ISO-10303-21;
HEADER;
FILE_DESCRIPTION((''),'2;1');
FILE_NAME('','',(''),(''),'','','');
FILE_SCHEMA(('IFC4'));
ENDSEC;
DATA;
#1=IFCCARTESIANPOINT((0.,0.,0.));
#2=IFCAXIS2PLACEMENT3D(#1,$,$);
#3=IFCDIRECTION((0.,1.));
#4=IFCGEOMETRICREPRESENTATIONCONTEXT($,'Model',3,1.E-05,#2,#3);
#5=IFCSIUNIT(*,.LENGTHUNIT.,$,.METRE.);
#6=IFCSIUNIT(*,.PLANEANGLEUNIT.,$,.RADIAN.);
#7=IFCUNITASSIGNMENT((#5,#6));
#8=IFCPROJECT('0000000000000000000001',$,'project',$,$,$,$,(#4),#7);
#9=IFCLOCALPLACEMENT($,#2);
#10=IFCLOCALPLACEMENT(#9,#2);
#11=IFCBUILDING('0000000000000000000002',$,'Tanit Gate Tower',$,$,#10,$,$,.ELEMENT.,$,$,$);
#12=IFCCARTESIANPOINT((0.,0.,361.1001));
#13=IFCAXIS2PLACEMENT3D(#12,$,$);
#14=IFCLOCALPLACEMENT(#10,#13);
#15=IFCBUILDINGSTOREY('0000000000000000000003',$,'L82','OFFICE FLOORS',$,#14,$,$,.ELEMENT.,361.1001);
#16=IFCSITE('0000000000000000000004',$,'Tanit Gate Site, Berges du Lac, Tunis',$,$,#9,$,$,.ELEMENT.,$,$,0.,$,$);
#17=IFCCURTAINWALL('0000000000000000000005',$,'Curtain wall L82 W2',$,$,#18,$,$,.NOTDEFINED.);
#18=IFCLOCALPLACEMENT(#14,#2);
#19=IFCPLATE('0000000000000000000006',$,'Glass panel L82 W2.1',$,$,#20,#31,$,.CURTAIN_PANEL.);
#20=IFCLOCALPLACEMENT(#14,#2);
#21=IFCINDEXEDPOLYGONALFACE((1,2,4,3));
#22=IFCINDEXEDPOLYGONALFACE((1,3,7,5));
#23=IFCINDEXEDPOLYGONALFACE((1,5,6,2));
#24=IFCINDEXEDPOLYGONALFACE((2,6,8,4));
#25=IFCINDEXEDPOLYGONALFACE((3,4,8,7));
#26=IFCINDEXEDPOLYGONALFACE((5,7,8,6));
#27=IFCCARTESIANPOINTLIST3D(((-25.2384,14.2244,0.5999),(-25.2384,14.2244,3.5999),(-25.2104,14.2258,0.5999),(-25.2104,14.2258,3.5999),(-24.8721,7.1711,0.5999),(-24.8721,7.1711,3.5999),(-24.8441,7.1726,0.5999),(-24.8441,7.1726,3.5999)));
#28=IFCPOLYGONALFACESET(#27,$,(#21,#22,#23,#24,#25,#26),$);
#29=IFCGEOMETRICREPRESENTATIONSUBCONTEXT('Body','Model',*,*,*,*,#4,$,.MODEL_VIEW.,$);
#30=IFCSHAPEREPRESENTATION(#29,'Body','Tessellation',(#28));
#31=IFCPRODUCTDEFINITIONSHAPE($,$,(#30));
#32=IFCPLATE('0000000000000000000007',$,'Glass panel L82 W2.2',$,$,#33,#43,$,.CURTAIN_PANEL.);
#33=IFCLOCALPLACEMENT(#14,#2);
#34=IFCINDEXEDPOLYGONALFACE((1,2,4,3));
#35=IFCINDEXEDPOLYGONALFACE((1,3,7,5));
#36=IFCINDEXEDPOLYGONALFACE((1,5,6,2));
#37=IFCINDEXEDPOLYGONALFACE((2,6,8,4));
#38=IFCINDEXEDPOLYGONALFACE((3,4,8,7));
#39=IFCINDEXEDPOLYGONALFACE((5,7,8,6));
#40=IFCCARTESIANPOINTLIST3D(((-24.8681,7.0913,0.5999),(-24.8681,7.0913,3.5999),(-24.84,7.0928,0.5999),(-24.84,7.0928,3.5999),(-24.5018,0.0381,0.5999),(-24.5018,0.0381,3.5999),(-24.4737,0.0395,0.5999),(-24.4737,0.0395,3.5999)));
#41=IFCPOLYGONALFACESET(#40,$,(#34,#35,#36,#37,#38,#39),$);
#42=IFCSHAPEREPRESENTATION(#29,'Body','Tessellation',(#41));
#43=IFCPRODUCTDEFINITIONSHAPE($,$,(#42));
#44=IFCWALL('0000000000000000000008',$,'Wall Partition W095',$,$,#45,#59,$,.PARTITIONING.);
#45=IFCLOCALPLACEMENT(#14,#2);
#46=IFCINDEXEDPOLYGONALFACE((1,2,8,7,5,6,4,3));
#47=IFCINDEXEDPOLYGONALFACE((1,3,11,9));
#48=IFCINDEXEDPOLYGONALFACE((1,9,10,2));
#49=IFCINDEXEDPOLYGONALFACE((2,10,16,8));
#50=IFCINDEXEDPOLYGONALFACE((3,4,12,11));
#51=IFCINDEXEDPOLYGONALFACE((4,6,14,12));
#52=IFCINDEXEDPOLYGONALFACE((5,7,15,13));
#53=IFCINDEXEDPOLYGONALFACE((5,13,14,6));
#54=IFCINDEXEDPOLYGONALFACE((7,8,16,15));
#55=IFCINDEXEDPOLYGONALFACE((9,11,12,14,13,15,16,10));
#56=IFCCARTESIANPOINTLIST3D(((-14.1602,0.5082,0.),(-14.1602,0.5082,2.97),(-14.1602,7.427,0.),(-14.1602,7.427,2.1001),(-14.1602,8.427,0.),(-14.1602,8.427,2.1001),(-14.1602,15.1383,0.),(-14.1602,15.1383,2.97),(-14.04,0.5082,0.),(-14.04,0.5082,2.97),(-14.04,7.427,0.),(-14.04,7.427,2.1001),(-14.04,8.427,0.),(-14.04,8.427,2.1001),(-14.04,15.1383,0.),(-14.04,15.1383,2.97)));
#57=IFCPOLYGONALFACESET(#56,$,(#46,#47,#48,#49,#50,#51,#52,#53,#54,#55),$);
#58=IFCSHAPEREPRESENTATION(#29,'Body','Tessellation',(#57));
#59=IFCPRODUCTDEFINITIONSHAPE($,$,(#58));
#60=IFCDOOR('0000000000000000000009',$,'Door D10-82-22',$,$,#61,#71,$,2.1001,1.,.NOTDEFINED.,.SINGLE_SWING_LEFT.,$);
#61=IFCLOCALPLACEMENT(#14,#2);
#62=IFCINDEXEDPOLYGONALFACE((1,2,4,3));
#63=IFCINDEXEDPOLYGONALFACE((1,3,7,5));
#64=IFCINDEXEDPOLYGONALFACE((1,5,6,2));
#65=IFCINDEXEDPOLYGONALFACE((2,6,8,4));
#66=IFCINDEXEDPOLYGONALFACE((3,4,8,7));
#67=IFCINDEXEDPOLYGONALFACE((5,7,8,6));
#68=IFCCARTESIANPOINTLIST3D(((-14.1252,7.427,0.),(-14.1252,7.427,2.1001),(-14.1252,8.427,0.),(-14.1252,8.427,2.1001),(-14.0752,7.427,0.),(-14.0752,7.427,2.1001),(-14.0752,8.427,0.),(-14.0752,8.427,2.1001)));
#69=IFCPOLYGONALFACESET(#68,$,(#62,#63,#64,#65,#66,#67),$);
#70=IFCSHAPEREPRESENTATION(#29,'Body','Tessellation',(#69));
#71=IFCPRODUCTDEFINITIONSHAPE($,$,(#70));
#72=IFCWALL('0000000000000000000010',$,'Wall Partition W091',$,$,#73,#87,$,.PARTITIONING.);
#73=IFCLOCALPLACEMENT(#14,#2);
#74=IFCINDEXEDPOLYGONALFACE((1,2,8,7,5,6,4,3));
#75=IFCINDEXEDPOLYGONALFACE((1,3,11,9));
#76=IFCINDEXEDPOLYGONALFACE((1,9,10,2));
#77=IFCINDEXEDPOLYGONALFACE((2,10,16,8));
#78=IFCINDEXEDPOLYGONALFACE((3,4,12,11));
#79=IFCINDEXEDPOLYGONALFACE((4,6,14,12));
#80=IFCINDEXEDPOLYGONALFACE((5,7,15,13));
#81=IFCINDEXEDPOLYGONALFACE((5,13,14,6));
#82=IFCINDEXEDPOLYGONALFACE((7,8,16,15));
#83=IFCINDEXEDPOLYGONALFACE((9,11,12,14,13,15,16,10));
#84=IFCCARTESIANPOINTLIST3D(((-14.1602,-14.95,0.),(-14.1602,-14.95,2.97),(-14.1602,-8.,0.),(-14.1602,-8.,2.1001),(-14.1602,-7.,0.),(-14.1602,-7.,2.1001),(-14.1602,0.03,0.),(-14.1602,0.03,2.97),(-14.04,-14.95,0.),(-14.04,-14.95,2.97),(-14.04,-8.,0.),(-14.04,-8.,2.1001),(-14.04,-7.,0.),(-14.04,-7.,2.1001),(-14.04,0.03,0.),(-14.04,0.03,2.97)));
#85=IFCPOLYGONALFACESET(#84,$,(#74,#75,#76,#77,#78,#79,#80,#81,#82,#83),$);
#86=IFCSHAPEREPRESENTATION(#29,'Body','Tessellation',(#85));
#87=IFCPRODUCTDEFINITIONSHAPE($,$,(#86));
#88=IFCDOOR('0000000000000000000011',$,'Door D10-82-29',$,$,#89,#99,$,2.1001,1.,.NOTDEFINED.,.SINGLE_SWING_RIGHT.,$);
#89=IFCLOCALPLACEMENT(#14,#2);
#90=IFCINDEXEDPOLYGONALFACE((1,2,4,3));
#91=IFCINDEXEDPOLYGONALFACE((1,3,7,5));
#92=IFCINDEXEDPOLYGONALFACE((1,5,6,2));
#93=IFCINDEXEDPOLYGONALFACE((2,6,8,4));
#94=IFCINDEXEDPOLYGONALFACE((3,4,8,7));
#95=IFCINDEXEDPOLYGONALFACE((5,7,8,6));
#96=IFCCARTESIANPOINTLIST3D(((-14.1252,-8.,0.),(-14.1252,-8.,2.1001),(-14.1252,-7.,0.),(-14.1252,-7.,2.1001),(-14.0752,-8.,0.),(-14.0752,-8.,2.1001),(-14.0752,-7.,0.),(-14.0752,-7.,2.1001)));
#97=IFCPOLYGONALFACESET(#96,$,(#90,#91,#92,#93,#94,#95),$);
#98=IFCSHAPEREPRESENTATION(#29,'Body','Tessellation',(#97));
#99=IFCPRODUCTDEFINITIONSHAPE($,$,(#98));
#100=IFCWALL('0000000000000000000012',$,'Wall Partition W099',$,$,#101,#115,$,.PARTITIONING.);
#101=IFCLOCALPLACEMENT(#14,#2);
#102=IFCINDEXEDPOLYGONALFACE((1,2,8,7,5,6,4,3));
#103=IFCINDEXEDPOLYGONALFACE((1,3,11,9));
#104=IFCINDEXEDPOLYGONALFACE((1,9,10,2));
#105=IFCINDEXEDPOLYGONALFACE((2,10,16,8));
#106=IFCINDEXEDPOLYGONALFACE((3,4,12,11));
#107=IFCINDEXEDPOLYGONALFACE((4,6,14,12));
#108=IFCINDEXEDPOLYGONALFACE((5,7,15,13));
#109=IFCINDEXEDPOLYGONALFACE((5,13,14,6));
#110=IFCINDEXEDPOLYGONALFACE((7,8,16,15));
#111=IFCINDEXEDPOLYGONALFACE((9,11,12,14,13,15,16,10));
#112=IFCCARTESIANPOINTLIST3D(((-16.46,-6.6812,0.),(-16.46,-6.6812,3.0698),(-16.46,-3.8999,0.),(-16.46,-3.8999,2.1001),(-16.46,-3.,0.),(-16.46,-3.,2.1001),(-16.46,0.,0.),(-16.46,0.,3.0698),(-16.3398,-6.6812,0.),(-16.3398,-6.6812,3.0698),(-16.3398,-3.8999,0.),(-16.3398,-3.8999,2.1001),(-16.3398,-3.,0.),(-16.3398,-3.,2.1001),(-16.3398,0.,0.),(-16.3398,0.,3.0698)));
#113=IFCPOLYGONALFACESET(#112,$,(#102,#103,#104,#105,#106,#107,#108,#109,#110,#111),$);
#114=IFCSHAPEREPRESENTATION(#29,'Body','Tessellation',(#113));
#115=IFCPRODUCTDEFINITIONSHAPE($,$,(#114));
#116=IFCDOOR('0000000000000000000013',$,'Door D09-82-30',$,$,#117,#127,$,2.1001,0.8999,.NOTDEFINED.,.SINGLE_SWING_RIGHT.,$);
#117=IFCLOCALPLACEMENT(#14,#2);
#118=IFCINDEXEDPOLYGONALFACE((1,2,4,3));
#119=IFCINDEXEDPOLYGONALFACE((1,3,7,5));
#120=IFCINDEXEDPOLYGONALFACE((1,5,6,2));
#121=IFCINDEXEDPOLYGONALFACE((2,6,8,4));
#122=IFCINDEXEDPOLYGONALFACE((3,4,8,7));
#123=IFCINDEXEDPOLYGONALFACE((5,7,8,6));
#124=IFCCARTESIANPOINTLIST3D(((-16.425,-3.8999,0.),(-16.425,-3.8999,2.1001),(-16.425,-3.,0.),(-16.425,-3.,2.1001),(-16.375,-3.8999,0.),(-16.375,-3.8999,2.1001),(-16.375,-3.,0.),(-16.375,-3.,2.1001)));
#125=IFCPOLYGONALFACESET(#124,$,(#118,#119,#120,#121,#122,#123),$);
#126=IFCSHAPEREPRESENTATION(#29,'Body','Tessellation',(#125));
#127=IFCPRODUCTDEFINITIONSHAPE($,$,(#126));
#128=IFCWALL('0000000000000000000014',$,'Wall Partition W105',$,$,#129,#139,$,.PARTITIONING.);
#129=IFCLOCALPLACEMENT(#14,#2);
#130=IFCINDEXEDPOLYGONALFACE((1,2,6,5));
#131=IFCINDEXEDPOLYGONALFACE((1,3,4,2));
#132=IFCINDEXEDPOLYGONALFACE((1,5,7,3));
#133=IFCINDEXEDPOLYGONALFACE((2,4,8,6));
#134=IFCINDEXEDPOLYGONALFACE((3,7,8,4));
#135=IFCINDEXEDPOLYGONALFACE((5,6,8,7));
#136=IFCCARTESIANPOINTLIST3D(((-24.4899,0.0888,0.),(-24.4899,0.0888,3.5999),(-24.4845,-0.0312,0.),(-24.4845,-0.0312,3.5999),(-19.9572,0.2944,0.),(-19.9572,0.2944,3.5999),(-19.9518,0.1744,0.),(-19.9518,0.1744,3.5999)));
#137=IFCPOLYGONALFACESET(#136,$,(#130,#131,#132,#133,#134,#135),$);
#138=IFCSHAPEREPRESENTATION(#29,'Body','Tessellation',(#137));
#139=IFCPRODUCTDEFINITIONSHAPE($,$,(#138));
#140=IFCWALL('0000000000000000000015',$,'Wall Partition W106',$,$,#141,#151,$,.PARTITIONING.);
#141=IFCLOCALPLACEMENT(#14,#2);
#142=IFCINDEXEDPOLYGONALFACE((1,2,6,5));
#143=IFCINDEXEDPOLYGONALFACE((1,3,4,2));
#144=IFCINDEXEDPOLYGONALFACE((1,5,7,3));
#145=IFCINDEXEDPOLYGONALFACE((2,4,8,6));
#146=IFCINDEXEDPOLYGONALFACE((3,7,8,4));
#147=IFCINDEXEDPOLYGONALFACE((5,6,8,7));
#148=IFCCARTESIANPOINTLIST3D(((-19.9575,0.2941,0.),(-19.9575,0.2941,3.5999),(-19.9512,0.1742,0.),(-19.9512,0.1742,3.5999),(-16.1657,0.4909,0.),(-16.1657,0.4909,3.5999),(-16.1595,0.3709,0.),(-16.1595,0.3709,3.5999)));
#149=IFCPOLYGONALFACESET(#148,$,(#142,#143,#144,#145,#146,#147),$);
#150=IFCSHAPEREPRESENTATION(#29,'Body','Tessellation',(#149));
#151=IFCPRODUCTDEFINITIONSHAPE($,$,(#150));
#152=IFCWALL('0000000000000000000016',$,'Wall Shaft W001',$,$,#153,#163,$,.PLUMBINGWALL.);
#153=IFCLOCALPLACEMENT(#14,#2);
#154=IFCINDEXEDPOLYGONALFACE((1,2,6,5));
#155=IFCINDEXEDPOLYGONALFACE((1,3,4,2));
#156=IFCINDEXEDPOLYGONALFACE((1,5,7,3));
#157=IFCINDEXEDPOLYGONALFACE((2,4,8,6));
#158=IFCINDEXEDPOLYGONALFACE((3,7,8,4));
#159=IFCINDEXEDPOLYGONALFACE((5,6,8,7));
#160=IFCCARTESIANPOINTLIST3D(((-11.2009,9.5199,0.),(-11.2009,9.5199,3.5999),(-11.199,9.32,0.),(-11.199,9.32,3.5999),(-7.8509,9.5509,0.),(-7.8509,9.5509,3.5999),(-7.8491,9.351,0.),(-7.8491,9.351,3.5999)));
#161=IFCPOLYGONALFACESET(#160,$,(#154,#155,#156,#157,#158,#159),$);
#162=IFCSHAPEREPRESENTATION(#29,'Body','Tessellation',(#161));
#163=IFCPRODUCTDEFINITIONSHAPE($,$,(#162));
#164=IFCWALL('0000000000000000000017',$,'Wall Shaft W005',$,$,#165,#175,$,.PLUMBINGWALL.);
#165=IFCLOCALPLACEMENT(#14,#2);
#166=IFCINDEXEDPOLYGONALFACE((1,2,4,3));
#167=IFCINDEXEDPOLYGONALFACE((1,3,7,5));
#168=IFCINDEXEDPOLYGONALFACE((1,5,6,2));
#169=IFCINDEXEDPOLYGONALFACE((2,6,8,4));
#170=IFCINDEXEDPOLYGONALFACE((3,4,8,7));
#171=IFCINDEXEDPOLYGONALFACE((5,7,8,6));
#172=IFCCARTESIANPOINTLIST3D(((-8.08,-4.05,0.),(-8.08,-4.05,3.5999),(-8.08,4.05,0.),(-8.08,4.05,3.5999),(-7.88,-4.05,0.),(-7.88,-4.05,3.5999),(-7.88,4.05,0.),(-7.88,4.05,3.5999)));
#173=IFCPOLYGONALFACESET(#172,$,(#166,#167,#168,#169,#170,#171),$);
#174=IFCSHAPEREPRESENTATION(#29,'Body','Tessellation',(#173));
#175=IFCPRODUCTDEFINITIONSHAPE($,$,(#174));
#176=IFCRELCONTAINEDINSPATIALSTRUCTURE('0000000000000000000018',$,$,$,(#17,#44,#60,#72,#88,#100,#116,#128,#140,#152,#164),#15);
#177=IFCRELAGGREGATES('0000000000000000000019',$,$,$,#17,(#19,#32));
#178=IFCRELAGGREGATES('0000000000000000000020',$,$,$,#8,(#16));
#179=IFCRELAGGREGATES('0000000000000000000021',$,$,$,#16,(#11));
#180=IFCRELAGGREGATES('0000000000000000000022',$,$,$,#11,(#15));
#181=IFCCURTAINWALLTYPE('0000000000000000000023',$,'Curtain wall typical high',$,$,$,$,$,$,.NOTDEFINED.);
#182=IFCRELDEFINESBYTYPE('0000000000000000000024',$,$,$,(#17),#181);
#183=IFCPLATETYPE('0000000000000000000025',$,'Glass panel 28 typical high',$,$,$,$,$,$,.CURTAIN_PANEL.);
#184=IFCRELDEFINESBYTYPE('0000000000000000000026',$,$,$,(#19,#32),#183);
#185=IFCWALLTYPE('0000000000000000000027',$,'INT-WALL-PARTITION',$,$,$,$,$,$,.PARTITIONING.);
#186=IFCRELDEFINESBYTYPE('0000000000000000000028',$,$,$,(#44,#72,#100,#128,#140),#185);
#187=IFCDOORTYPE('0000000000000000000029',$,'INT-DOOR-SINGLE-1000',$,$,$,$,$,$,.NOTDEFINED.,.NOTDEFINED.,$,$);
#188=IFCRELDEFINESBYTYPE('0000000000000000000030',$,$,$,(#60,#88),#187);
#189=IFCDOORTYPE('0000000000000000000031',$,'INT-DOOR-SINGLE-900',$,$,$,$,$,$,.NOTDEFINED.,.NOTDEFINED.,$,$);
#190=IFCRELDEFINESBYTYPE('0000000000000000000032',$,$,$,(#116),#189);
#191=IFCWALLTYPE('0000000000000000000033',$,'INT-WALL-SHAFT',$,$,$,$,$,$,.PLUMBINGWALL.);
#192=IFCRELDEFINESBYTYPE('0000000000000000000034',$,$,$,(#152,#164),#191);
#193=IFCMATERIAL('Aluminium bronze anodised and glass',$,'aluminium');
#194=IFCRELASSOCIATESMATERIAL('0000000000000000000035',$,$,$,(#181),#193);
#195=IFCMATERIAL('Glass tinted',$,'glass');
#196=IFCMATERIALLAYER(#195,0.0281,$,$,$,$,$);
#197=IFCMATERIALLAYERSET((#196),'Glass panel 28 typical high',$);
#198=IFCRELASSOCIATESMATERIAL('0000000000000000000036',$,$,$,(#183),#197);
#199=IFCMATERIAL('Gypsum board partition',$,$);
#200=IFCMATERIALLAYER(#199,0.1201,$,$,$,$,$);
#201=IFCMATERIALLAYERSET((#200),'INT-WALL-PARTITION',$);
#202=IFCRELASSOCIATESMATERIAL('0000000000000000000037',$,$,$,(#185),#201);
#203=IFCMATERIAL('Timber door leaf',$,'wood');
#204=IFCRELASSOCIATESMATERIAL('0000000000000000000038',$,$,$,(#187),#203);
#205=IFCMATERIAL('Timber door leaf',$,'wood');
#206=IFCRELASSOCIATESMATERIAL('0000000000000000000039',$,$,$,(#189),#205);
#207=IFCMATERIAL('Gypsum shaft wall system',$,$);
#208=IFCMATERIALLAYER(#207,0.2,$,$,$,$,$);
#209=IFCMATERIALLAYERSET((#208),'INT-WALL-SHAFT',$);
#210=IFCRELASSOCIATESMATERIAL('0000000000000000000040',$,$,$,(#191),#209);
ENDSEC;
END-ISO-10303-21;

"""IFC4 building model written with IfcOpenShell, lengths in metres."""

from ifc_helpers import new_model, si_unit, direction, frame, frame_2d, origin, origin_2d, place, context, subcontext, project, spatial, rectangle, extrude, material, layer, layer_set, type_object, element, fill, aggregate, save


model = new_model("IFC4")

# Units and contexts
model_context = context("Model", 3, precision=1e-05, world=origin(), true_north=direction((0.0, 1.0)))
body_context = subcontext(model_context, "Body", "Model", "MODEL_VIEW")
ifc_project = project(units=[si_unit("LENGTHUNIT", "METRE"), si_unit("PLANEANGLEUNIT", "RADIAN")], contexts=[model_context])

# Site, building, storey
site_placement = place(None, origin())
site = spatial("IfcSite", under=ifc_project, at=site_placement, Name="Tanit Gate Site, Berges du Lac, Tunis", CompositionType="ELEMENT", RefElevation=0.0)
building_placement = place(site_placement, origin())
building = spatial("IfcBuilding", under=site, at=building_placement, Name="Tanit Gate Tower", CompositionType="ELEMENT")
storey_placement = place(building_placement, frame((0.0, 0.0, 361.1001)))
storey = spatial("IfcBuildingStorey", under=building, at=storey_placement, Name="L82", Description="OFFICE FLOORS", CompositionType="ELEMENT", Elevation=361.1001)

# Curtain wall
ifc_material_1 = material(Name="Aluminium bronze anodised and glass", Category="aluminium")
curtain_wall_type = type_object("IfcCurtainWallType", Name="Curtain wall typical high", PredefinedType="NOTDEFINED", material=ifc_material_1)
curtain_wall_1_placement = place(storey_placement, origin())
curtain_wall_1 = element("IfcCurtainWall", 1, at=curtain_wall_1_placement, inside=storey, type_object=curtain_wall_type, Name="Curtain wall L82 W2", PredefinedType="NOTDEFINED")

# Plates
ifc_material_2 = material(Name="Glass tinted", Category="glass")
ifc_layer_1 = layer(ifc_material_2, 0.0281)
ifc_layer_set_1 = layer_set([ifc_layer_1], Name="Glass panel 28 typical high")
plate_type = type_object("IfcPlateType", Name="Glass panel 28 typical high", PredefinedType="CURTAIN_PANEL", material=ifc_layer_set_1)
plate_1_placement = place(storey_placement, frame((-25.0413, 10.6985, 0.5999), z_axis=(0.0, 0.0, 1.0), x_axis=(0.051865, -0.998654, 0.0)))
plate_1 = element("IfcPlate", 2, at=plate_1_placement, type_object=plate_type, Name="Glass panel L82 W2.1", PredefinedType="CURTAIN_PANEL", context=body_context, shape_type="SweptSolid", body=[
    extrude(rectangle(XDim=7.0627, YDim=0.0281, at=origin_2d()), origin(), (0.0, 0.0, 1.0), 3.0),
])
plate_2_placement = place(storey_placement, frame((-24.6709, 3.5654, 0.5999), z_axis=(0.0, 0.0, 1.0), x_axis=(0.051865, -0.998654, 0.0)))
plate_2 = element("IfcPlate", 3, at=plate_2_placement, type_object=plate_type, Name="Glass panel L82 W2.2", PredefinedType="CURTAIN_PANEL", context=body_context, shape_type="SweptSolid", body=[
    extrude(rectangle(XDim=7.0627, YDim=0.0281, at=origin_2d()), origin(), (0.0, 0.0, 1.0), 3.0),
])
aggregate(curtain_wall_1, [plate_1, plate_2])

# Walls, openings, doors
ifc_material_3 = material(Name="Gypsum board partition")
ifc_layer_2 = layer(ifc_material_3, 0.1201)
ifc_layer_set_2 = layer_set([ifc_layer_2], Name="INT-WALL-PARTITION")
wall_type_1 = type_object("IfcWallType", Name="INT-WALL-PARTITION", PredefinedType="PARTITIONING", material=ifc_layer_set_2)
wall_1_placement = place(storey_placement, frame((-14.1001, 15.1382, 0.0), z_axis=(0.0, 0.0, 1.0), x_axis=(0.0, -1.0, 0.0)))
wall_1 = element("IfcWall", 4, at=wall_1_placement, inside=storey, type_object=wall_type_1, Name="Wall Partition W095", PredefinedType="PARTITIONING", context=body_context, shape_type="SweptSolid", body=[
    extrude(rectangle(XDim=14.6301, YDim=0.1201, at=frame_2d((7.3149, 0.0))), origin(), (0.0, 0.0, 1.0), 2.97),
])
opening_1_placement = place(wall_1_placement, frame((6.7112, 0.0, 0.0)))
opening_1 = element("IfcOpeningElement", 5, at=opening_1_placement, cuts=wall_1, PredefinedType="OPENING", context=body_context, shape_type="SweptSolid", body=[
    extrude(rectangle(XDim=1.0, YDim=2.1001, at=frame_2d((0.5, 1.05))), frame((0.0, 0.0701, 0.0), z_axis=(0.0, -1.0, 0.0), x_axis=(1.0, 0.0, 0.0)), (0.0, 0.0, 1.0), 0.1401),
])
ifc_material_4 = material(Name="Timber door leaf", Category="wood")
door_type_1 = type_object("IfcDoorType", Name="INT-DOOR-SINGLE-1000", OperationType="NOTDEFINED", PredefinedType="NOTDEFINED", material=ifc_material_4)
door_1_placement = place(opening_1_placement, origin())
door_1 = element("IfcDoor", 6, at=door_1_placement, inside=storey, type_object=door_type_1, Name="Door D10-82-22", OperationType="SINGLE_SWING_LEFT", OverallHeight=2.1001, OverallWidth=1.0, PredefinedType="NOTDEFINED", context=body_context, shape_type="SweptSolid", body=[
    extrude(rectangle(XDim=1.0, YDim=2.1001, at=frame_2d((0.5, 1.05))), frame((0.0, 0.0249, 0.0), z_axis=(0.0, -1.0, 0.0), x_axis=(1.0, 0.0, 0.0)), (0.0, 0.0, 1.0), 0.05),
])
fill(opening_1, door_1)
wall_2_placement = place(storey_placement, frame((-14.1001, 0.03, 0.0), z_axis=(0.0, 0.0, 1.0), x_axis=(0.0, -1.0, 0.0)))
wall_2 = element("IfcWall", 7, at=wall_2_placement, inside=storey, type_object=wall_type_1, Name="Wall Partition W091", PredefinedType="PARTITIONING", context=body_context, shape_type="SweptSolid", body=[
    extrude(rectangle(XDim=14.98, YDim=0.1201, at=frame_2d((7.49, 0.0))), origin(), (0.0, 0.0, 1.0), 2.97),
])
opening_2_placement = place(wall_2_placement, frame((7.03, 0.0, 0.0)))
opening_2 = element("IfcOpeningElement", 8, at=opening_2_placement, cuts=wall_2, PredefinedType="OPENING", context=body_context, shape_type="SweptSolid", body=[
    extrude(rectangle(XDim=1.0, YDim=2.1001, at=frame_2d((0.5, 1.05))), frame((0.0, 0.0701, 0.0), z_axis=(0.0, -1.0, 0.0), x_axis=(1.0, 0.0, 0.0)), (0.0, 0.0, 1.0), 0.1401),
])
door_2_placement = place(opening_2_placement, origin())
door_2 = element("IfcDoor", 9, at=door_2_placement, inside=storey, type_object=door_type_1, Name="Door D10-82-29", OperationType="SINGLE_SWING_RIGHT", OverallHeight=2.1001, OverallWidth=1.0, PredefinedType="NOTDEFINED", context=body_context, shape_type="SweptSolid", body=[
    extrude(rectangle(XDim=1.0, YDim=2.1001, at=frame_2d((0.5, 1.05))), frame((0.0, 0.0249, 0.0), z_axis=(0.0, -1.0, 0.0), x_axis=(1.0, 0.0, 0.0)), (0.0, 0.0, 1.0), 0.05),
])
fill(opening_2, door_2)
wall_3_placement = place(storey_placement, frame((-16.3999, 0.0, 0.0), z_axis=(0.0, 0.0, 1.0), x_axis=(0.0, -1.0, 0.0)))
wall_3 = element("IfcWall", 10, at=wall_3_placement, inside=storey, type_object=wall_type_1, Name="Wall Partition W099", PredefinedType="PARTITIONING", context=body_context, shape_type="SweptSolid", body=[
    extrude(rectangle(XDim=6.6812, YDim=0.1201, at=frame_2d((3.3406, 0.0))), origin(), (0.0, 0.0, 1.0), 3.0698),
])
opening_3_placement = place(wall_3_placement, frame((3.0, 0.0, 0.0)))
opening_3 = element("IfcOpeningElement", 11, at=opening_3_placement, cuts=wall_3, PredefinedType="OPENING", context=body_context, shape_type="SweptSolid", body=[
    extrude(rectangle(XDim=0.8999, YDim=2.1001, at=frame_2d((0.45, 1.05))), frame((0.0, 0.0701, 0.0), z_axis=(0.0, -1.0, 0.0), x_axis=(1.0, 0.0, 0.0)), (0.0, 0.0, 1.0), 0.1401),
])
ifc_material_5 = material(Name="Timber door leaf", Category="wood")
door_type_2 = type_object("IfcDoorType", Name="INT-DOOR-SINGLE-900", OperationType="NOTDEFINED", PredefinedType="NOTDEFINED", material=ifc_material_5)
door_3_placement = place(opening_3_placement, origin())
door_3 = element("IfcDoor", 12, at=door_3_placement, inside=storey, type_object=door_type_2, Name="Door D09-82-30", OperationType="SINGLE_SWING_RIGHT", OverallHeight=2.1001, OverallWidth=0.8999, PredefinedType="NOTDEFINED", context=body_context, shape_type="SweptSolid", body=[
    extrude(rectangle(XDim=0.8999, YDim=2.1001, at=frame_2d((0.45, 1.05))), frame((0.0, 0.0249, 0.0), z_axis=(0.0, -1.0, 0.0), x_axis=(1.0, 0.0, 0.0)), (0.0, 0.0, 1.0), 0.05),
])
fill(opening_3, door_3)

# Walls
wall_4_placement = place(storey_placement, frame((-24.4871, 0.0288, 0.0), z_axis=(0.0, 0.0, 1.0), x_axis=(0.998973, 0.045305, 0.0)))
element("IfcWall", 13, at=wall_4_placement, inside=storey, type_object=wall_type_1, Name="Wall Partition W105", PredefinedType="PARTITIONING", context=body_context, shape_type="SweptSolid", body=[
    extrude(rectangle(XDim=4.5374, YDim=0.1201, at=frame_2d((2.2686, 0.0))), origin(), (0.0, 0.0, 1.0), 3.5999),
])
wall_5_placement = place(storey_placement, frame((-19.9543, 0.2341, 0.0), z_axis=(0.0, 0.0, 1.0), x_axis=(0.998656, 0.051826, 0.0)))
element("IfcWall", 14, at=wall_5_placement, inside=storey, type_object=wall_type_1, Name="Wall Partition W106", PredefinedType="PARTITIONING", context=body_context, shape_type="SweptSolid", body=[
    extrude(rectangle(XDim=3.7969, YDim=0.1201, at=frame_2d((1.8984, 0.0))), origin(), (0.0, 0.0, 1.0), 3.5999),
])
ifc_material_6 = material(Name="Gypsum shaft wall system")
ifc_layer_3 = layer(ifc_material_6, 0.2)
ifc_layer_set_3 = layer_set([ifc_layer_3], Name="INT-WALL-SHAFT")
wall_type_2 = type_object("IfcWallType", Name="INT-WALL-SHAFT", PredefinedType="PLUMBINGWALL", material=ifc_layer_set_3)
wall_6_placement = place(storey_placement, frame((-11.2, 9.4199, 0.0), z_axis=(0.0, 0.0, 1.0), x_axis=(0.999957, 0.009255, 0.0)))
element("IfcWall", 15, at=wall_6_placement, inside=storey, type_object=wall_type_2, Name="Wall Shaft W001", PredefinedType="PLUMBINGWALL", context=body_context, shape_type="SweptSolid", body=[
    extrude(rectangle(XDim=3.3501, YDim=0.2, at=frame_2d((1.675, 0.0))), origin(), (0.0, 0.0, 1.0), 3.5999),
])
wall_7_placement = place(storey_placement, frame((-7.98, 4.05, 0.0), z_axis=(0.0, 0.0, 1.0), x_axis=(0.0, -1.0, 0.0)))
element("IfcWall", 16, at=wall_7_placement, inside=storey, type_object=wall_type_2, Name="Wall Shaft W005", PredefinedType="PLUMBINGWALL", context=body_context, shape_type="SweptSolid", body=[
    extrude(rectangle(XDim=8.1001, YDim=0.2, at=frame_2d((4.05, 0.0))), origin(), (0.0, 0.0, 1.0), 3.5999),
])

save(model, "model.ifc")
